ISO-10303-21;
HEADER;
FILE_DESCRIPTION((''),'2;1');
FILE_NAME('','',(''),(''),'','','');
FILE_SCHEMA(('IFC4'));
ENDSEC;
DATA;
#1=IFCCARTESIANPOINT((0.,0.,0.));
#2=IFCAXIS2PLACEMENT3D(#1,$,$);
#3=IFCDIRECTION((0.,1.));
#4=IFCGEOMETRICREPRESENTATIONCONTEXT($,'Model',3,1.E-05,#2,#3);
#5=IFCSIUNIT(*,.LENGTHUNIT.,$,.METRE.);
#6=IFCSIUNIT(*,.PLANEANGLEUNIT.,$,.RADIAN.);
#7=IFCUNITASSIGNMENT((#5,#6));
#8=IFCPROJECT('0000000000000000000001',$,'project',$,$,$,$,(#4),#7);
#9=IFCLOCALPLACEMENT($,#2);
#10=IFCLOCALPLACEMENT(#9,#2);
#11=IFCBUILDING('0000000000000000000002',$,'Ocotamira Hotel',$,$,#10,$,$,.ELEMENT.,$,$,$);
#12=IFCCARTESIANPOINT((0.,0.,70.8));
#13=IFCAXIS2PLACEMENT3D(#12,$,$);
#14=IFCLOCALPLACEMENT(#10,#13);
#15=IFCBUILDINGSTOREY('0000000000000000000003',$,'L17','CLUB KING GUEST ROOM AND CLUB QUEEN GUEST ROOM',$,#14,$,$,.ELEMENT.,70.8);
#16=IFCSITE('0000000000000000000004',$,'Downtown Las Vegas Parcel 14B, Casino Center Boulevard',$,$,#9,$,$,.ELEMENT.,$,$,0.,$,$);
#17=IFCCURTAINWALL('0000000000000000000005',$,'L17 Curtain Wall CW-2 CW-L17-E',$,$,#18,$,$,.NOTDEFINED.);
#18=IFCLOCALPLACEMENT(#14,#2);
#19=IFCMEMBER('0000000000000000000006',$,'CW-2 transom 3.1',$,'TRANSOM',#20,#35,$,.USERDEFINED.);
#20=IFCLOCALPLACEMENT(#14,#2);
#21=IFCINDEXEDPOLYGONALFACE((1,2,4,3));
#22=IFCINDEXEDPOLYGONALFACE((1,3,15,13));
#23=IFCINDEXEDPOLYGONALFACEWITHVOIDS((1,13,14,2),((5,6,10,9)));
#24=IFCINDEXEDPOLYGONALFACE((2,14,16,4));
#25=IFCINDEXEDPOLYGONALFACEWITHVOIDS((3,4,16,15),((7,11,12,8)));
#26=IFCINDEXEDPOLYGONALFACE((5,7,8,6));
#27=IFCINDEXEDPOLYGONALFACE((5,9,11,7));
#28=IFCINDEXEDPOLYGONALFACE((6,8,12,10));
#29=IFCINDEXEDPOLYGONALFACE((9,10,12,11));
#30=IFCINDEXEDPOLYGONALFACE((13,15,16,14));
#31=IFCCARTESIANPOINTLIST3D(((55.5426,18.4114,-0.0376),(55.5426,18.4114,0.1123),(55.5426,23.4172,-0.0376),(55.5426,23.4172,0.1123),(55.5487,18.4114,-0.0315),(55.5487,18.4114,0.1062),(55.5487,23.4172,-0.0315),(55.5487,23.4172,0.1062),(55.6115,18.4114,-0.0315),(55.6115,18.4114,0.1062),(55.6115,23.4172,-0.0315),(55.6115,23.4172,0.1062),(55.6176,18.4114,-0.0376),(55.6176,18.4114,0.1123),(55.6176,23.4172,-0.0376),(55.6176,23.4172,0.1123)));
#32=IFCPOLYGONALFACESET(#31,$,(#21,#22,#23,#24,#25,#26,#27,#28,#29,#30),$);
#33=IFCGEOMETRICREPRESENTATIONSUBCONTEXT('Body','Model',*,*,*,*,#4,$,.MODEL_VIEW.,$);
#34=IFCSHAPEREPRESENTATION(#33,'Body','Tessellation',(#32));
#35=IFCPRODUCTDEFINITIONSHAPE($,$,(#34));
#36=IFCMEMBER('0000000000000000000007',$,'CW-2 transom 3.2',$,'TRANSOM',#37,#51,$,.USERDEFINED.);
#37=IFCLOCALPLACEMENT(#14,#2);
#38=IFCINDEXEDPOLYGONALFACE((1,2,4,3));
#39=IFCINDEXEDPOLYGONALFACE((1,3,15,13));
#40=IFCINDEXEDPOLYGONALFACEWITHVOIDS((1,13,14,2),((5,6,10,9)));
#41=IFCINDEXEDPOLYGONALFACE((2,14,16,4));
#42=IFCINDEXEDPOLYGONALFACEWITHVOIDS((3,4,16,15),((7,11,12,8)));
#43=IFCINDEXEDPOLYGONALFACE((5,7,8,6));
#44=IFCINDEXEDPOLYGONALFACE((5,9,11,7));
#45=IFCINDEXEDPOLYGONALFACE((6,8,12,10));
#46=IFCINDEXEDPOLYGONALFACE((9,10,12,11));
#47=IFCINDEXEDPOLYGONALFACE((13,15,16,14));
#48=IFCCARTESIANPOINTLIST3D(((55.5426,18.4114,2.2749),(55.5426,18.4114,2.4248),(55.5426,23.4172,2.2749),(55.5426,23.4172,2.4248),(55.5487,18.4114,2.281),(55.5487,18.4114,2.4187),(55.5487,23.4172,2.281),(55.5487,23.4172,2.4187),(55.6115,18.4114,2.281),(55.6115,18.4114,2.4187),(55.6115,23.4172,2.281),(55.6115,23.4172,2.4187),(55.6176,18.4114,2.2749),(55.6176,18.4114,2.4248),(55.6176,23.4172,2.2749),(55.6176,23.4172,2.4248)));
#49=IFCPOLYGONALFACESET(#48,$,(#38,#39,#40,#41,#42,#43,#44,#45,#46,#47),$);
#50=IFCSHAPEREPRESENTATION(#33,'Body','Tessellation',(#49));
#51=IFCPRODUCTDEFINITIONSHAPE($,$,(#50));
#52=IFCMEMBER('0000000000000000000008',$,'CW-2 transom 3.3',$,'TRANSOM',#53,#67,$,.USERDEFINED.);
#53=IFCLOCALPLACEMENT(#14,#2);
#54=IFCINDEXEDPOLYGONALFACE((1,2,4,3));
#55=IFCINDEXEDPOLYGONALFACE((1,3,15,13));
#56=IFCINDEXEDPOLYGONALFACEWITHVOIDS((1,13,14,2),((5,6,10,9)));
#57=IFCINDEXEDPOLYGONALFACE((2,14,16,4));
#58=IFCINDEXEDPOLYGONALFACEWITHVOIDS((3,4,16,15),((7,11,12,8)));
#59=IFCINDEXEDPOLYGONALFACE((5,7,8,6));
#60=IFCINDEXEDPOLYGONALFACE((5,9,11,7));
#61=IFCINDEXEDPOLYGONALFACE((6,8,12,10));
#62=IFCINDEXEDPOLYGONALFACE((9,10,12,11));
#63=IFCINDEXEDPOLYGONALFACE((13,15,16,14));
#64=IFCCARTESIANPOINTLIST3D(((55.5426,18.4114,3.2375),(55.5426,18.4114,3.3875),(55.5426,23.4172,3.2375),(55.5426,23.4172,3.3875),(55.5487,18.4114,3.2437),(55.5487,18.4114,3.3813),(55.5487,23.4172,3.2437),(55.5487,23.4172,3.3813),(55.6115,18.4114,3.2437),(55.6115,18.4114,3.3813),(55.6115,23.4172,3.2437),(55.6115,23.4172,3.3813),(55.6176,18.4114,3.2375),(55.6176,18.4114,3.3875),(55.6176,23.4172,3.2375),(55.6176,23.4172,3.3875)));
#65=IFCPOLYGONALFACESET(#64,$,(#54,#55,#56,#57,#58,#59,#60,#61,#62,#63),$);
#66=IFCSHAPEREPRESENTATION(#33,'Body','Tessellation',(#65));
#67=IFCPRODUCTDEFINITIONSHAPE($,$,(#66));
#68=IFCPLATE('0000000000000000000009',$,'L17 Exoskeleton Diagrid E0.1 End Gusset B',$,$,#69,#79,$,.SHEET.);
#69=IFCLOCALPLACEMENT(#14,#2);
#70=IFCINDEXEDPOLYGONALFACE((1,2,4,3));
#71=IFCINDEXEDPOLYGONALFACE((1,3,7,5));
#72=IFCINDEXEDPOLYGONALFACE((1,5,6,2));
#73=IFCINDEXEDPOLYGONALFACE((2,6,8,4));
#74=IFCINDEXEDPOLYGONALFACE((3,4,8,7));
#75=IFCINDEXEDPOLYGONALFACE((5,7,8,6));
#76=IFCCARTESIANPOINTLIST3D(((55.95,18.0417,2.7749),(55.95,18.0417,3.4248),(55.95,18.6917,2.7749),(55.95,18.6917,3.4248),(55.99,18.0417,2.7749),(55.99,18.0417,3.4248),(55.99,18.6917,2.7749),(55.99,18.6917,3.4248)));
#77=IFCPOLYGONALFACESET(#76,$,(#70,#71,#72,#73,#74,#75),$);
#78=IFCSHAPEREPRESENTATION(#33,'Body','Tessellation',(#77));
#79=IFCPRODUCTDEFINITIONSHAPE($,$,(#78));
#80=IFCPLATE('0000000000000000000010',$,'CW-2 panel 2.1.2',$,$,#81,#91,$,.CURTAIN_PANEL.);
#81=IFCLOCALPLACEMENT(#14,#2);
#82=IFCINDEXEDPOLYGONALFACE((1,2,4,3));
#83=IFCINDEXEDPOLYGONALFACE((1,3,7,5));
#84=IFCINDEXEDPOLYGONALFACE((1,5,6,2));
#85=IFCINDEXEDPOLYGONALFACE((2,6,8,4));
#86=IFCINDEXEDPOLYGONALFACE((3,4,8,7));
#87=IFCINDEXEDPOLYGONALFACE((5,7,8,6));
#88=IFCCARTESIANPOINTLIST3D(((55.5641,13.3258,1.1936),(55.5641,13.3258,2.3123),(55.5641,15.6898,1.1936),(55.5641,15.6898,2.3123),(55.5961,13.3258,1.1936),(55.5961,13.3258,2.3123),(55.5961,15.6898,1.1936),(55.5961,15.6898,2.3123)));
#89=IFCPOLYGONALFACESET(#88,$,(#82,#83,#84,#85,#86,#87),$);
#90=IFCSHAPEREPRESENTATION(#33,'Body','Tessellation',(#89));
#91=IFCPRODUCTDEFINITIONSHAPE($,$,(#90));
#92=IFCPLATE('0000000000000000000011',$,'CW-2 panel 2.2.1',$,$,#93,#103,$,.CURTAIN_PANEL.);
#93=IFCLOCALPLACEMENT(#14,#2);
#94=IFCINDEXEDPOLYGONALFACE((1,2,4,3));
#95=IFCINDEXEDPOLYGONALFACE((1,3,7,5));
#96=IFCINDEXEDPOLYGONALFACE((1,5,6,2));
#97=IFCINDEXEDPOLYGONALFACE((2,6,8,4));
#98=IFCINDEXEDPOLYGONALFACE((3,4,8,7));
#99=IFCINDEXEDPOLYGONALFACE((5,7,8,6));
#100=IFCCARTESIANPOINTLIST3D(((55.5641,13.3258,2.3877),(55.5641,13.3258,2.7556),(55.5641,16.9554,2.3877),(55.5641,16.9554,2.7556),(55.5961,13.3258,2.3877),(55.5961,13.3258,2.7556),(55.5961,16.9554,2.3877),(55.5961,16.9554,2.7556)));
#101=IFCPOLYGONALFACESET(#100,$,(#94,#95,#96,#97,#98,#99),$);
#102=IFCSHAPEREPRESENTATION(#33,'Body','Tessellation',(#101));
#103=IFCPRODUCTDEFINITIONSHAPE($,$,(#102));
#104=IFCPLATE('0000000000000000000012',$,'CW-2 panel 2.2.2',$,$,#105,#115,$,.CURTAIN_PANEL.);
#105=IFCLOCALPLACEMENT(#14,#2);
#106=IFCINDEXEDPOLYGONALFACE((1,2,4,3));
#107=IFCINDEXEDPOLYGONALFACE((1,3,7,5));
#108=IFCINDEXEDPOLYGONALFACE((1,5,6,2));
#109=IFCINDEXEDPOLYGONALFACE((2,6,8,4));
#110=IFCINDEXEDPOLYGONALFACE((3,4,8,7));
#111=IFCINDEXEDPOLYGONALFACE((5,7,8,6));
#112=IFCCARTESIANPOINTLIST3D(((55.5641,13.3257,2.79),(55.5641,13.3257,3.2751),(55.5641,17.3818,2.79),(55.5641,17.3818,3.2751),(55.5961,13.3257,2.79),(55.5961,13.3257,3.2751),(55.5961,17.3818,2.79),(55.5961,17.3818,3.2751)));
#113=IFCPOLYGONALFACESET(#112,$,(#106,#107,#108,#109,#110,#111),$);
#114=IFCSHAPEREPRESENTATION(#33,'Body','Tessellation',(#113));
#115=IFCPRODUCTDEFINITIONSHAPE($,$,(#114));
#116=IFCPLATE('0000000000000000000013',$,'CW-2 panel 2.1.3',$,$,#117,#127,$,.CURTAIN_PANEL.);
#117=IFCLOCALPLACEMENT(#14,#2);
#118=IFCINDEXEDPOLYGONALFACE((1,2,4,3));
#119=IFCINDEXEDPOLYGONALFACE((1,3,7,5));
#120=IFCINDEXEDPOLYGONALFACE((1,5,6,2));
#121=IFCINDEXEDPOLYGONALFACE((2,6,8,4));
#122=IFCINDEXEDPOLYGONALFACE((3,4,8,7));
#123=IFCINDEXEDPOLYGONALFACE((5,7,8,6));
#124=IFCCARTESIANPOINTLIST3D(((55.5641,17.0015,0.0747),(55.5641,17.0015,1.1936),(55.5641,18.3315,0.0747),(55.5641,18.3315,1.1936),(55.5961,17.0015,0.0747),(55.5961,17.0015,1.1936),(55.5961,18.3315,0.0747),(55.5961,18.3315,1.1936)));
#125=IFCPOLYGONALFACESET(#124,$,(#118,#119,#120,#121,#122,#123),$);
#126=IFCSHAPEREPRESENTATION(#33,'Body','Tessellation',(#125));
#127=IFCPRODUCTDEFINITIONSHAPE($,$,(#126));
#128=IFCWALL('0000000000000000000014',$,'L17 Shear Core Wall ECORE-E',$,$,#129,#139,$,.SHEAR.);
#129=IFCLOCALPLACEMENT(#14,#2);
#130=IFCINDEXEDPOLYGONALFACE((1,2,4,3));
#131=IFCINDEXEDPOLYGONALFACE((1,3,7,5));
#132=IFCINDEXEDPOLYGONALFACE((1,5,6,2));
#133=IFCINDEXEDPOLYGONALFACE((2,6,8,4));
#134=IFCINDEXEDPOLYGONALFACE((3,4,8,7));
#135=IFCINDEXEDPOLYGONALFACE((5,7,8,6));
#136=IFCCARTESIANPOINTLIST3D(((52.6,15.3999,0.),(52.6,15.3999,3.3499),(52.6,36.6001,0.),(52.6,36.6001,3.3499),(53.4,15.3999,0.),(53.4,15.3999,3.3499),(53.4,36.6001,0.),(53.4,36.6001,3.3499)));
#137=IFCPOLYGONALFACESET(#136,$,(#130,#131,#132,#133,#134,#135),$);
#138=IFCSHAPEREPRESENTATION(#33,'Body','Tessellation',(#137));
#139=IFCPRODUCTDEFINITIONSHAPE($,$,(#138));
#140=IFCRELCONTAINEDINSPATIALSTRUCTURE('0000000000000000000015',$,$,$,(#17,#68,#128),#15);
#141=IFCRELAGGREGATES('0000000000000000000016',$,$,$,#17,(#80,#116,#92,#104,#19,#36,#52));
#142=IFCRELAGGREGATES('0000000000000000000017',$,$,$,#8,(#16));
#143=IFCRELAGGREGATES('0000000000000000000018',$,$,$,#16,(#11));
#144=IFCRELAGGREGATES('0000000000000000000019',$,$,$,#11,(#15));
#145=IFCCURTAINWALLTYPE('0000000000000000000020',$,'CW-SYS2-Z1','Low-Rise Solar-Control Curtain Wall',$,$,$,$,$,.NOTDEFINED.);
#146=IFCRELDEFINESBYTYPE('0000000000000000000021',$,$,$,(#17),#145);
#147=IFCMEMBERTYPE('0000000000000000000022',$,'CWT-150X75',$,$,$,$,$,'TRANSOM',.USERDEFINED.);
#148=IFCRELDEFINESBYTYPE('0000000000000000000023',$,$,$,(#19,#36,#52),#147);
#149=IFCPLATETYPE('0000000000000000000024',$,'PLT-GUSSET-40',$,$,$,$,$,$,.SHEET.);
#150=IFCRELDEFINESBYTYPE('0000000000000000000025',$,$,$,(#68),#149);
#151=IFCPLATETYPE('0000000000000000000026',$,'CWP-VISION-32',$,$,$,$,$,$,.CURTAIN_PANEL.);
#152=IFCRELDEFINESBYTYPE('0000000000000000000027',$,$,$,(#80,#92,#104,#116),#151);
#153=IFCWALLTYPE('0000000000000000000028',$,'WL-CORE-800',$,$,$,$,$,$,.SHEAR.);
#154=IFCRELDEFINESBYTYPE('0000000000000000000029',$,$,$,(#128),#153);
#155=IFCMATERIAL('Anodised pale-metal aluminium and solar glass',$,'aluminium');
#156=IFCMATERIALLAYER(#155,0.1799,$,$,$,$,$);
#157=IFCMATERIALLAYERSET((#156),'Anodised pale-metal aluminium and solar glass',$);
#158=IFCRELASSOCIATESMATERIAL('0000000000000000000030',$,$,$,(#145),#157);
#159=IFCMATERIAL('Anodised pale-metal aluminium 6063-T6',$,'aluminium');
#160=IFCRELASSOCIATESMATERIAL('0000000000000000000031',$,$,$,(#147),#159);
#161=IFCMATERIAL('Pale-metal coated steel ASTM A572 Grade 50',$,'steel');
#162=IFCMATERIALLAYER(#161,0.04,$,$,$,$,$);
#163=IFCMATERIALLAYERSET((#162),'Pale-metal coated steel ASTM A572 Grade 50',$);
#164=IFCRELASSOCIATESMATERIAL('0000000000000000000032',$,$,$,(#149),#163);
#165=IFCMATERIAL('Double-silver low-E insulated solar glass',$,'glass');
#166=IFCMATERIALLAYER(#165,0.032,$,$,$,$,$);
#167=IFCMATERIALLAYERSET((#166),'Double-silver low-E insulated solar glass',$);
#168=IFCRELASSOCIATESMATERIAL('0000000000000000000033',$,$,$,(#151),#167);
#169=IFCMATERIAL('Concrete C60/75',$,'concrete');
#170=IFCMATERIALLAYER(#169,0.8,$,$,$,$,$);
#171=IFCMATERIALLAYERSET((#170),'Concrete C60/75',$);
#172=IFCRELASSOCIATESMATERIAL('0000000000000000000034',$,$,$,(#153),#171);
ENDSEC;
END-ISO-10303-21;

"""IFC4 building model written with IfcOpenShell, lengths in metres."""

from ifc_helpers import new_model, si_unit, direction, frame, frame_2d, origin, origin_2d, place, context, subcontext, project, spatial, rectangle, hollow_rectangle, extrude, source, transform, mapped, material, layer, layer_set, material_profile, profile_set, type_object, element, aggregate, save


model = new_model("IFC4")

# Units and contexts
model_context = context("Model", 3, precision=1e-05, world=origin(), true_north=direction((0.0, 1.0)))
body_context = subcontext(model_context, "Body", "Model", "MODEL_VIEW")
ifc_project = project(units=[si_unit("LENGTHUNIT", "METRE"), si_unit("PLANEANGLEUNIT", "RADIAN")], contexts=[model_context])

# Site, building, storey
site_placement = place(None, origin())
site = spatial("IfcSite", under=ifc_project, at=site_placement, Name="Downtown Las Vegas Parcel 14B, Casino Center Boulevard", CompositionType="ELEMENT", RefElevation=0.0)
building_placement = place(site_placement, origin())
building = spatial("IfcBuilding", under=site, at=building_placement, Name="Ocotamira Hotel", CompositionType="ELEMENT")
storey_placement = place(building_placement, frame((0.0, 0.0, 70.8)))
storey = spatial("IfcBuildingStorey", under=building, at=storey_placement, Name="L17", Description="CLUB KING GUEST ROOM AND CLUB QUEEN GUEST ROOM", CompositionType="ELEMENT", Elevation=70.8)

# Curtain wall, members
ifc_material_1 = material(Name="Anodised pale-metal aluminium and solar glass", Category="aluminium")
ifc_layer_1 = layer(ifc_material_1, 0.1799)
ifc_layer_set_1 = layer_set([ifc_layer_1], Name="Anodised pale-metal aluminium and solar glass")
curtain_wall_type = type_object("IfcCurtainWallType", Name="CW-SYS2-Z1", Description="Low-Rise Solar-Control Curtain Wall", PredefinedType="NOTDEFINED", material=ifc_layer_set_1)
curtain_wall_placement = place(storey_placement, origin())
curtain_wall = element("IfcCurtainWall", 1, at=curtain_wall_placement, inside=storey, type_object=curtain_wall_type, Name="L17 Curtain Wall CW-2 CW-L17-E", PredefinedType="NOTDEFINED")
ifc_material_2 = material(Name="Anodised pale-metal aluminium 6063-T6", Category="aluminium")
ifc_material_profile_1 = material_profile(ifc_material_2, hollow_rectangle(XDim=0.075, YDim=0.1499, WallThickness=0.0061, at=origin_2d()), Name="HSS150X75X6")
ifc_profile_set_1 = profile_set([ifc_material_profile_1], Name="Anodised pale-metal aluminium 6063-T6")
member_type_1 = type_object("IfcMemberType", Name="CWT-150X75", ElementType="TRANSOM", PredefinedType="USERDEFINED", material=ifc_profile_set_1)
shared_shape_1 = source(origin(), body_context, "Body", "SweptSolid", [
    extrude(hollow_rectangle(XDim=0.075, YDim=0.1499, WallThickness=0.0061, at=origin_2d()), origin(), (0.0, 0.0, 1.0), 5.0059),
])
member_1_placement = place(storey_placement, frame((55.5801, 18.4114, 0.0374), z_axis=(0.0, 1.0, 0.0), x_axis=(-1.0, 0.0, 0.0)))
member_1 = element("IfcMember", 2, at=member_1_placement, type_object=member_type_1, Name="CW-2 transom 3.1", ObjectType="TRANSOM", PredefinedType="USERDEFINED", context=body_context, shape_type="MappedRepresentation", body=[
    mapped(shared_shape_1, transform((0.0, 0.0, 0.0), scale=1.0)),
])
member_2_placement = place(storey_placement, frame((55.5801, 18.4114, 2.3499), z_axis=(0.0, 1.0, 0.0), x_axis=(-1.0, 0.0, 0.0)))
member_2 = element("IfcMember", 3, at=member_2_placement, type_object=member_type_1, Name="CW-2 transom 3.2", ObjectType="TRANSOM", PredefinedType="USERDEFINED", context=body_context, shape_type="MappedRepresentation", body=[
    mapped(shared_shape_1, transform((0.0, 0.0, 0.0), scale=1.0)),
])
member_3_placement = place(storey_placement, frame((55.5801, 18.4114, 3.3125), z_axis=(0.0, 1.0, 0.0), x_axis=(-1.0, 0.0, 0.0)))
member_3 = element("IfcMember", 4, at=member_3_placement, type_object=member_type_1, Name="CW-2 transom 3.3", ObjectType="TRANSOM", PredefinedType="USERDEFINED", context=body_context, shape_type="MappedRepresentation", body=[
    mapped(shared_shape_1, transform((0.0, 0.0, 0.0), scale=1.0)),
])

# Plates
ifc_material_3 = material(Name="Pale-metal coated steel ASTM A572 Grade 50", Category="steel")
ifc_layer_2 = layer(ifc_material_3, 0.04)
ifc_layer_set_2 = layer_set([ifc_layer_2], Name="Pale-metal coated steel ASTM A572 Grade 50")
plate_type_1 = type_object("IfcPlateType", Name="PLT-GUSSET-40", PredefinedType="SHEET", material=ifc_layer_set_2)
shared_shape_2 = source(origin(), body_context, "Body", "SweptSolid", [
    extrude(rectangle(XDim=0.04, YDim=0.6499, at=origin_2d()), origin(), (0.0, 0.0, 1.0), 0.6499),
])
plate_1_placement = place(storey_placement, frame((55.97, 18.3667, 2.7749), z_axis=(0.0, 0.0, 1.0), x_axis=(1.0, 0.0, 0.0)))
element("IfcPlate", 5, at=plate_1_placement, inside=storey, type_object=plate_type_1, Name="L17 Exoskeleton Diagrid E0.1 End Gusset B", PredefinedType="SHEET", context=body_context, shape_type="MappedRepresentation", body=[
    mapped(shared_shape_2, transform((0.0, 0.0, 0.0), scale=1.0)),
])
ifc_material_4 = material(Name="Double-silver low-E insulated solar glass", Category="glass")
ifc_layer_3 = layer(ifc_material_4, 0.032)
ifc_layer_set_3 = layer_set([ifc_layer_3], Name="Double-silver low-E insulated solar glass")
plate_type_2 = type_object("IfcPlateType", Name="CWP-VISION-32", PredefinedType="CURTAIN_PANEL", material=ifc_layer_set_3)
shared_shape_3 = source(origin(), body_context, "Body", "SweptSolid", [
    extrude(rectangle(XDim=2.364, YDim=0.032, at=origin_2d()), origin(), (0.0, 0.0, 1.0), 1.1187),
])
plate_2_placement = place(storey_placement, frame((55.5801, 14.5078, 1.1936), z_axis=(0.0, 0.0, 1.0), x_axis=(0.0, 1.0, 0.0)))
plate_2 = element("IfcPlate", 6, at=plate_2_placement, type_object=plate_type_2, Name="CW-2 panel 2.1.2", PredefinedType="CURTAIN_PANEL", context=body_context, shape_type="MappedRepresentation", body=[
    mapped(shared_shape_3, transform((0.0, 0.0, 0.0), scale=1.0)),
])
shared_shape_4 = source(origin(), body_context, "Body", "SweptSolid", [
    extrude(rectangle(XDim=3.6296, YDim=0.032, at=origin_2d()), origin(), (0.0, 0.0, 1.0), 0.3679),
])
plate_3_placement = place(storey_placement, frame((55.5801, 15.1406, 2.3877), z_axis=(0.0, 0.0, 1.0), x_axis=(0.0, 1.0, 0.0)))
plate_3 = element("IfcPlate", 7, at=plate_3_placement, type_object=plate_type_2, Name="CW-2 panel 2.2.1", PredefinedType="CURTAIN_PANEL", context=body_context, shape_type="MappedRepresentation", body=[
    mapped(shared_shape_4, transform((0.0, 0.0, 0.0), scale=1.0)),
])
shared_shape_5 = source(origin(), body_context, "Body", "SweptSolid", [
    extrude(rectangle(XDim=4.0562, YDim=0.032, at=origin_2d()), origin(), (0.0, 0.0, 1.0), 0.4851),
])
plate_4_placement = place(storey_placement, frame((55.5801, 15.3538, 2.79), z_axis=(0.0, 0.0, 1.0), x_axis=(0.0, 1.0, 0.0)))
plate_4 = element("IfcPlate", 8, at=plate_4_placement, type_object=plate_type_2, Name="CW-2 panel 2.2.2", PredefinedType="CURTAIN_PANEL", context=body_context, shape_type="MappedRepresentation", body=[
    mapped(shared_shape_5, transform((0.0, 0.0, 0.0), scale=1.0)),
])
shared_shape_6 = source(origin(), body_context, "Body", "SweptSolid", [
    extrude(rectangle(XDim=1.3301, YDim=0.032, at=origin_2d()), origin(), (0.0, 0.0, 1.0), 1.1189),
])
plate_5_placement = place(storey_placement, frame((55.5801, 17.6665, 0.0747), z_axis=(0.0, 0.0, 1.0), x_axis=(0.0, 1.0, 0.0)))
plate_5 = element("IfcPlate", 9, at=plate_5_placement, type_object=plate_type_2, Name="CW-2 panel 2.1.3", PredefinedType="CURTAIN_PANEL", context=body_context, shape_type="MappedRepresentation", body=[
    mapped(shared_shape_6, transform((0.0, 0.0, 0.0), scale=1.0)),
])
aggregate(curtain_wall, [plate_2, plate_5, plate_3, plate_4, member_1, member_2, member_3])

# Wall
ifc_material_5 = material(Name="Concrete C60/75", Category="concrete")
ifc_layer_4 = layer(ifc_material_5, 0.8)
ifc_layer_set_4 = layer_set([ifc_layer_4], Name="Concrete C60/75")
wall_type_1 = type_object("IfcWallType", Name="WL-CORE-800", PredefinedType="SHEAR", material=ifc_layer_set_4)
wall_1_placement = place(storey_placement, frame((53.0, 15.3999, 0.0), z_axis=(0.0, 0.0, 1.0), x_axis=(0.0, 1.0, 0.0)))
element("IfcWall", 10, at=wall_1_placement, inside=storey, type_object=wall_type_1, Name="L17 Shear Core Wall ECORE-E", PredefinedType="SHEAR", context=body_context, shape_type="SweptSolid", body=[
    extrude(rectangle(XDim=21.2002, YDim=0.8, at=frame_2d((10.6001, 0.0))), origin(), (0.0, 0.0, 1.0), 3.3499),
])

save(model, "model.ifc")
